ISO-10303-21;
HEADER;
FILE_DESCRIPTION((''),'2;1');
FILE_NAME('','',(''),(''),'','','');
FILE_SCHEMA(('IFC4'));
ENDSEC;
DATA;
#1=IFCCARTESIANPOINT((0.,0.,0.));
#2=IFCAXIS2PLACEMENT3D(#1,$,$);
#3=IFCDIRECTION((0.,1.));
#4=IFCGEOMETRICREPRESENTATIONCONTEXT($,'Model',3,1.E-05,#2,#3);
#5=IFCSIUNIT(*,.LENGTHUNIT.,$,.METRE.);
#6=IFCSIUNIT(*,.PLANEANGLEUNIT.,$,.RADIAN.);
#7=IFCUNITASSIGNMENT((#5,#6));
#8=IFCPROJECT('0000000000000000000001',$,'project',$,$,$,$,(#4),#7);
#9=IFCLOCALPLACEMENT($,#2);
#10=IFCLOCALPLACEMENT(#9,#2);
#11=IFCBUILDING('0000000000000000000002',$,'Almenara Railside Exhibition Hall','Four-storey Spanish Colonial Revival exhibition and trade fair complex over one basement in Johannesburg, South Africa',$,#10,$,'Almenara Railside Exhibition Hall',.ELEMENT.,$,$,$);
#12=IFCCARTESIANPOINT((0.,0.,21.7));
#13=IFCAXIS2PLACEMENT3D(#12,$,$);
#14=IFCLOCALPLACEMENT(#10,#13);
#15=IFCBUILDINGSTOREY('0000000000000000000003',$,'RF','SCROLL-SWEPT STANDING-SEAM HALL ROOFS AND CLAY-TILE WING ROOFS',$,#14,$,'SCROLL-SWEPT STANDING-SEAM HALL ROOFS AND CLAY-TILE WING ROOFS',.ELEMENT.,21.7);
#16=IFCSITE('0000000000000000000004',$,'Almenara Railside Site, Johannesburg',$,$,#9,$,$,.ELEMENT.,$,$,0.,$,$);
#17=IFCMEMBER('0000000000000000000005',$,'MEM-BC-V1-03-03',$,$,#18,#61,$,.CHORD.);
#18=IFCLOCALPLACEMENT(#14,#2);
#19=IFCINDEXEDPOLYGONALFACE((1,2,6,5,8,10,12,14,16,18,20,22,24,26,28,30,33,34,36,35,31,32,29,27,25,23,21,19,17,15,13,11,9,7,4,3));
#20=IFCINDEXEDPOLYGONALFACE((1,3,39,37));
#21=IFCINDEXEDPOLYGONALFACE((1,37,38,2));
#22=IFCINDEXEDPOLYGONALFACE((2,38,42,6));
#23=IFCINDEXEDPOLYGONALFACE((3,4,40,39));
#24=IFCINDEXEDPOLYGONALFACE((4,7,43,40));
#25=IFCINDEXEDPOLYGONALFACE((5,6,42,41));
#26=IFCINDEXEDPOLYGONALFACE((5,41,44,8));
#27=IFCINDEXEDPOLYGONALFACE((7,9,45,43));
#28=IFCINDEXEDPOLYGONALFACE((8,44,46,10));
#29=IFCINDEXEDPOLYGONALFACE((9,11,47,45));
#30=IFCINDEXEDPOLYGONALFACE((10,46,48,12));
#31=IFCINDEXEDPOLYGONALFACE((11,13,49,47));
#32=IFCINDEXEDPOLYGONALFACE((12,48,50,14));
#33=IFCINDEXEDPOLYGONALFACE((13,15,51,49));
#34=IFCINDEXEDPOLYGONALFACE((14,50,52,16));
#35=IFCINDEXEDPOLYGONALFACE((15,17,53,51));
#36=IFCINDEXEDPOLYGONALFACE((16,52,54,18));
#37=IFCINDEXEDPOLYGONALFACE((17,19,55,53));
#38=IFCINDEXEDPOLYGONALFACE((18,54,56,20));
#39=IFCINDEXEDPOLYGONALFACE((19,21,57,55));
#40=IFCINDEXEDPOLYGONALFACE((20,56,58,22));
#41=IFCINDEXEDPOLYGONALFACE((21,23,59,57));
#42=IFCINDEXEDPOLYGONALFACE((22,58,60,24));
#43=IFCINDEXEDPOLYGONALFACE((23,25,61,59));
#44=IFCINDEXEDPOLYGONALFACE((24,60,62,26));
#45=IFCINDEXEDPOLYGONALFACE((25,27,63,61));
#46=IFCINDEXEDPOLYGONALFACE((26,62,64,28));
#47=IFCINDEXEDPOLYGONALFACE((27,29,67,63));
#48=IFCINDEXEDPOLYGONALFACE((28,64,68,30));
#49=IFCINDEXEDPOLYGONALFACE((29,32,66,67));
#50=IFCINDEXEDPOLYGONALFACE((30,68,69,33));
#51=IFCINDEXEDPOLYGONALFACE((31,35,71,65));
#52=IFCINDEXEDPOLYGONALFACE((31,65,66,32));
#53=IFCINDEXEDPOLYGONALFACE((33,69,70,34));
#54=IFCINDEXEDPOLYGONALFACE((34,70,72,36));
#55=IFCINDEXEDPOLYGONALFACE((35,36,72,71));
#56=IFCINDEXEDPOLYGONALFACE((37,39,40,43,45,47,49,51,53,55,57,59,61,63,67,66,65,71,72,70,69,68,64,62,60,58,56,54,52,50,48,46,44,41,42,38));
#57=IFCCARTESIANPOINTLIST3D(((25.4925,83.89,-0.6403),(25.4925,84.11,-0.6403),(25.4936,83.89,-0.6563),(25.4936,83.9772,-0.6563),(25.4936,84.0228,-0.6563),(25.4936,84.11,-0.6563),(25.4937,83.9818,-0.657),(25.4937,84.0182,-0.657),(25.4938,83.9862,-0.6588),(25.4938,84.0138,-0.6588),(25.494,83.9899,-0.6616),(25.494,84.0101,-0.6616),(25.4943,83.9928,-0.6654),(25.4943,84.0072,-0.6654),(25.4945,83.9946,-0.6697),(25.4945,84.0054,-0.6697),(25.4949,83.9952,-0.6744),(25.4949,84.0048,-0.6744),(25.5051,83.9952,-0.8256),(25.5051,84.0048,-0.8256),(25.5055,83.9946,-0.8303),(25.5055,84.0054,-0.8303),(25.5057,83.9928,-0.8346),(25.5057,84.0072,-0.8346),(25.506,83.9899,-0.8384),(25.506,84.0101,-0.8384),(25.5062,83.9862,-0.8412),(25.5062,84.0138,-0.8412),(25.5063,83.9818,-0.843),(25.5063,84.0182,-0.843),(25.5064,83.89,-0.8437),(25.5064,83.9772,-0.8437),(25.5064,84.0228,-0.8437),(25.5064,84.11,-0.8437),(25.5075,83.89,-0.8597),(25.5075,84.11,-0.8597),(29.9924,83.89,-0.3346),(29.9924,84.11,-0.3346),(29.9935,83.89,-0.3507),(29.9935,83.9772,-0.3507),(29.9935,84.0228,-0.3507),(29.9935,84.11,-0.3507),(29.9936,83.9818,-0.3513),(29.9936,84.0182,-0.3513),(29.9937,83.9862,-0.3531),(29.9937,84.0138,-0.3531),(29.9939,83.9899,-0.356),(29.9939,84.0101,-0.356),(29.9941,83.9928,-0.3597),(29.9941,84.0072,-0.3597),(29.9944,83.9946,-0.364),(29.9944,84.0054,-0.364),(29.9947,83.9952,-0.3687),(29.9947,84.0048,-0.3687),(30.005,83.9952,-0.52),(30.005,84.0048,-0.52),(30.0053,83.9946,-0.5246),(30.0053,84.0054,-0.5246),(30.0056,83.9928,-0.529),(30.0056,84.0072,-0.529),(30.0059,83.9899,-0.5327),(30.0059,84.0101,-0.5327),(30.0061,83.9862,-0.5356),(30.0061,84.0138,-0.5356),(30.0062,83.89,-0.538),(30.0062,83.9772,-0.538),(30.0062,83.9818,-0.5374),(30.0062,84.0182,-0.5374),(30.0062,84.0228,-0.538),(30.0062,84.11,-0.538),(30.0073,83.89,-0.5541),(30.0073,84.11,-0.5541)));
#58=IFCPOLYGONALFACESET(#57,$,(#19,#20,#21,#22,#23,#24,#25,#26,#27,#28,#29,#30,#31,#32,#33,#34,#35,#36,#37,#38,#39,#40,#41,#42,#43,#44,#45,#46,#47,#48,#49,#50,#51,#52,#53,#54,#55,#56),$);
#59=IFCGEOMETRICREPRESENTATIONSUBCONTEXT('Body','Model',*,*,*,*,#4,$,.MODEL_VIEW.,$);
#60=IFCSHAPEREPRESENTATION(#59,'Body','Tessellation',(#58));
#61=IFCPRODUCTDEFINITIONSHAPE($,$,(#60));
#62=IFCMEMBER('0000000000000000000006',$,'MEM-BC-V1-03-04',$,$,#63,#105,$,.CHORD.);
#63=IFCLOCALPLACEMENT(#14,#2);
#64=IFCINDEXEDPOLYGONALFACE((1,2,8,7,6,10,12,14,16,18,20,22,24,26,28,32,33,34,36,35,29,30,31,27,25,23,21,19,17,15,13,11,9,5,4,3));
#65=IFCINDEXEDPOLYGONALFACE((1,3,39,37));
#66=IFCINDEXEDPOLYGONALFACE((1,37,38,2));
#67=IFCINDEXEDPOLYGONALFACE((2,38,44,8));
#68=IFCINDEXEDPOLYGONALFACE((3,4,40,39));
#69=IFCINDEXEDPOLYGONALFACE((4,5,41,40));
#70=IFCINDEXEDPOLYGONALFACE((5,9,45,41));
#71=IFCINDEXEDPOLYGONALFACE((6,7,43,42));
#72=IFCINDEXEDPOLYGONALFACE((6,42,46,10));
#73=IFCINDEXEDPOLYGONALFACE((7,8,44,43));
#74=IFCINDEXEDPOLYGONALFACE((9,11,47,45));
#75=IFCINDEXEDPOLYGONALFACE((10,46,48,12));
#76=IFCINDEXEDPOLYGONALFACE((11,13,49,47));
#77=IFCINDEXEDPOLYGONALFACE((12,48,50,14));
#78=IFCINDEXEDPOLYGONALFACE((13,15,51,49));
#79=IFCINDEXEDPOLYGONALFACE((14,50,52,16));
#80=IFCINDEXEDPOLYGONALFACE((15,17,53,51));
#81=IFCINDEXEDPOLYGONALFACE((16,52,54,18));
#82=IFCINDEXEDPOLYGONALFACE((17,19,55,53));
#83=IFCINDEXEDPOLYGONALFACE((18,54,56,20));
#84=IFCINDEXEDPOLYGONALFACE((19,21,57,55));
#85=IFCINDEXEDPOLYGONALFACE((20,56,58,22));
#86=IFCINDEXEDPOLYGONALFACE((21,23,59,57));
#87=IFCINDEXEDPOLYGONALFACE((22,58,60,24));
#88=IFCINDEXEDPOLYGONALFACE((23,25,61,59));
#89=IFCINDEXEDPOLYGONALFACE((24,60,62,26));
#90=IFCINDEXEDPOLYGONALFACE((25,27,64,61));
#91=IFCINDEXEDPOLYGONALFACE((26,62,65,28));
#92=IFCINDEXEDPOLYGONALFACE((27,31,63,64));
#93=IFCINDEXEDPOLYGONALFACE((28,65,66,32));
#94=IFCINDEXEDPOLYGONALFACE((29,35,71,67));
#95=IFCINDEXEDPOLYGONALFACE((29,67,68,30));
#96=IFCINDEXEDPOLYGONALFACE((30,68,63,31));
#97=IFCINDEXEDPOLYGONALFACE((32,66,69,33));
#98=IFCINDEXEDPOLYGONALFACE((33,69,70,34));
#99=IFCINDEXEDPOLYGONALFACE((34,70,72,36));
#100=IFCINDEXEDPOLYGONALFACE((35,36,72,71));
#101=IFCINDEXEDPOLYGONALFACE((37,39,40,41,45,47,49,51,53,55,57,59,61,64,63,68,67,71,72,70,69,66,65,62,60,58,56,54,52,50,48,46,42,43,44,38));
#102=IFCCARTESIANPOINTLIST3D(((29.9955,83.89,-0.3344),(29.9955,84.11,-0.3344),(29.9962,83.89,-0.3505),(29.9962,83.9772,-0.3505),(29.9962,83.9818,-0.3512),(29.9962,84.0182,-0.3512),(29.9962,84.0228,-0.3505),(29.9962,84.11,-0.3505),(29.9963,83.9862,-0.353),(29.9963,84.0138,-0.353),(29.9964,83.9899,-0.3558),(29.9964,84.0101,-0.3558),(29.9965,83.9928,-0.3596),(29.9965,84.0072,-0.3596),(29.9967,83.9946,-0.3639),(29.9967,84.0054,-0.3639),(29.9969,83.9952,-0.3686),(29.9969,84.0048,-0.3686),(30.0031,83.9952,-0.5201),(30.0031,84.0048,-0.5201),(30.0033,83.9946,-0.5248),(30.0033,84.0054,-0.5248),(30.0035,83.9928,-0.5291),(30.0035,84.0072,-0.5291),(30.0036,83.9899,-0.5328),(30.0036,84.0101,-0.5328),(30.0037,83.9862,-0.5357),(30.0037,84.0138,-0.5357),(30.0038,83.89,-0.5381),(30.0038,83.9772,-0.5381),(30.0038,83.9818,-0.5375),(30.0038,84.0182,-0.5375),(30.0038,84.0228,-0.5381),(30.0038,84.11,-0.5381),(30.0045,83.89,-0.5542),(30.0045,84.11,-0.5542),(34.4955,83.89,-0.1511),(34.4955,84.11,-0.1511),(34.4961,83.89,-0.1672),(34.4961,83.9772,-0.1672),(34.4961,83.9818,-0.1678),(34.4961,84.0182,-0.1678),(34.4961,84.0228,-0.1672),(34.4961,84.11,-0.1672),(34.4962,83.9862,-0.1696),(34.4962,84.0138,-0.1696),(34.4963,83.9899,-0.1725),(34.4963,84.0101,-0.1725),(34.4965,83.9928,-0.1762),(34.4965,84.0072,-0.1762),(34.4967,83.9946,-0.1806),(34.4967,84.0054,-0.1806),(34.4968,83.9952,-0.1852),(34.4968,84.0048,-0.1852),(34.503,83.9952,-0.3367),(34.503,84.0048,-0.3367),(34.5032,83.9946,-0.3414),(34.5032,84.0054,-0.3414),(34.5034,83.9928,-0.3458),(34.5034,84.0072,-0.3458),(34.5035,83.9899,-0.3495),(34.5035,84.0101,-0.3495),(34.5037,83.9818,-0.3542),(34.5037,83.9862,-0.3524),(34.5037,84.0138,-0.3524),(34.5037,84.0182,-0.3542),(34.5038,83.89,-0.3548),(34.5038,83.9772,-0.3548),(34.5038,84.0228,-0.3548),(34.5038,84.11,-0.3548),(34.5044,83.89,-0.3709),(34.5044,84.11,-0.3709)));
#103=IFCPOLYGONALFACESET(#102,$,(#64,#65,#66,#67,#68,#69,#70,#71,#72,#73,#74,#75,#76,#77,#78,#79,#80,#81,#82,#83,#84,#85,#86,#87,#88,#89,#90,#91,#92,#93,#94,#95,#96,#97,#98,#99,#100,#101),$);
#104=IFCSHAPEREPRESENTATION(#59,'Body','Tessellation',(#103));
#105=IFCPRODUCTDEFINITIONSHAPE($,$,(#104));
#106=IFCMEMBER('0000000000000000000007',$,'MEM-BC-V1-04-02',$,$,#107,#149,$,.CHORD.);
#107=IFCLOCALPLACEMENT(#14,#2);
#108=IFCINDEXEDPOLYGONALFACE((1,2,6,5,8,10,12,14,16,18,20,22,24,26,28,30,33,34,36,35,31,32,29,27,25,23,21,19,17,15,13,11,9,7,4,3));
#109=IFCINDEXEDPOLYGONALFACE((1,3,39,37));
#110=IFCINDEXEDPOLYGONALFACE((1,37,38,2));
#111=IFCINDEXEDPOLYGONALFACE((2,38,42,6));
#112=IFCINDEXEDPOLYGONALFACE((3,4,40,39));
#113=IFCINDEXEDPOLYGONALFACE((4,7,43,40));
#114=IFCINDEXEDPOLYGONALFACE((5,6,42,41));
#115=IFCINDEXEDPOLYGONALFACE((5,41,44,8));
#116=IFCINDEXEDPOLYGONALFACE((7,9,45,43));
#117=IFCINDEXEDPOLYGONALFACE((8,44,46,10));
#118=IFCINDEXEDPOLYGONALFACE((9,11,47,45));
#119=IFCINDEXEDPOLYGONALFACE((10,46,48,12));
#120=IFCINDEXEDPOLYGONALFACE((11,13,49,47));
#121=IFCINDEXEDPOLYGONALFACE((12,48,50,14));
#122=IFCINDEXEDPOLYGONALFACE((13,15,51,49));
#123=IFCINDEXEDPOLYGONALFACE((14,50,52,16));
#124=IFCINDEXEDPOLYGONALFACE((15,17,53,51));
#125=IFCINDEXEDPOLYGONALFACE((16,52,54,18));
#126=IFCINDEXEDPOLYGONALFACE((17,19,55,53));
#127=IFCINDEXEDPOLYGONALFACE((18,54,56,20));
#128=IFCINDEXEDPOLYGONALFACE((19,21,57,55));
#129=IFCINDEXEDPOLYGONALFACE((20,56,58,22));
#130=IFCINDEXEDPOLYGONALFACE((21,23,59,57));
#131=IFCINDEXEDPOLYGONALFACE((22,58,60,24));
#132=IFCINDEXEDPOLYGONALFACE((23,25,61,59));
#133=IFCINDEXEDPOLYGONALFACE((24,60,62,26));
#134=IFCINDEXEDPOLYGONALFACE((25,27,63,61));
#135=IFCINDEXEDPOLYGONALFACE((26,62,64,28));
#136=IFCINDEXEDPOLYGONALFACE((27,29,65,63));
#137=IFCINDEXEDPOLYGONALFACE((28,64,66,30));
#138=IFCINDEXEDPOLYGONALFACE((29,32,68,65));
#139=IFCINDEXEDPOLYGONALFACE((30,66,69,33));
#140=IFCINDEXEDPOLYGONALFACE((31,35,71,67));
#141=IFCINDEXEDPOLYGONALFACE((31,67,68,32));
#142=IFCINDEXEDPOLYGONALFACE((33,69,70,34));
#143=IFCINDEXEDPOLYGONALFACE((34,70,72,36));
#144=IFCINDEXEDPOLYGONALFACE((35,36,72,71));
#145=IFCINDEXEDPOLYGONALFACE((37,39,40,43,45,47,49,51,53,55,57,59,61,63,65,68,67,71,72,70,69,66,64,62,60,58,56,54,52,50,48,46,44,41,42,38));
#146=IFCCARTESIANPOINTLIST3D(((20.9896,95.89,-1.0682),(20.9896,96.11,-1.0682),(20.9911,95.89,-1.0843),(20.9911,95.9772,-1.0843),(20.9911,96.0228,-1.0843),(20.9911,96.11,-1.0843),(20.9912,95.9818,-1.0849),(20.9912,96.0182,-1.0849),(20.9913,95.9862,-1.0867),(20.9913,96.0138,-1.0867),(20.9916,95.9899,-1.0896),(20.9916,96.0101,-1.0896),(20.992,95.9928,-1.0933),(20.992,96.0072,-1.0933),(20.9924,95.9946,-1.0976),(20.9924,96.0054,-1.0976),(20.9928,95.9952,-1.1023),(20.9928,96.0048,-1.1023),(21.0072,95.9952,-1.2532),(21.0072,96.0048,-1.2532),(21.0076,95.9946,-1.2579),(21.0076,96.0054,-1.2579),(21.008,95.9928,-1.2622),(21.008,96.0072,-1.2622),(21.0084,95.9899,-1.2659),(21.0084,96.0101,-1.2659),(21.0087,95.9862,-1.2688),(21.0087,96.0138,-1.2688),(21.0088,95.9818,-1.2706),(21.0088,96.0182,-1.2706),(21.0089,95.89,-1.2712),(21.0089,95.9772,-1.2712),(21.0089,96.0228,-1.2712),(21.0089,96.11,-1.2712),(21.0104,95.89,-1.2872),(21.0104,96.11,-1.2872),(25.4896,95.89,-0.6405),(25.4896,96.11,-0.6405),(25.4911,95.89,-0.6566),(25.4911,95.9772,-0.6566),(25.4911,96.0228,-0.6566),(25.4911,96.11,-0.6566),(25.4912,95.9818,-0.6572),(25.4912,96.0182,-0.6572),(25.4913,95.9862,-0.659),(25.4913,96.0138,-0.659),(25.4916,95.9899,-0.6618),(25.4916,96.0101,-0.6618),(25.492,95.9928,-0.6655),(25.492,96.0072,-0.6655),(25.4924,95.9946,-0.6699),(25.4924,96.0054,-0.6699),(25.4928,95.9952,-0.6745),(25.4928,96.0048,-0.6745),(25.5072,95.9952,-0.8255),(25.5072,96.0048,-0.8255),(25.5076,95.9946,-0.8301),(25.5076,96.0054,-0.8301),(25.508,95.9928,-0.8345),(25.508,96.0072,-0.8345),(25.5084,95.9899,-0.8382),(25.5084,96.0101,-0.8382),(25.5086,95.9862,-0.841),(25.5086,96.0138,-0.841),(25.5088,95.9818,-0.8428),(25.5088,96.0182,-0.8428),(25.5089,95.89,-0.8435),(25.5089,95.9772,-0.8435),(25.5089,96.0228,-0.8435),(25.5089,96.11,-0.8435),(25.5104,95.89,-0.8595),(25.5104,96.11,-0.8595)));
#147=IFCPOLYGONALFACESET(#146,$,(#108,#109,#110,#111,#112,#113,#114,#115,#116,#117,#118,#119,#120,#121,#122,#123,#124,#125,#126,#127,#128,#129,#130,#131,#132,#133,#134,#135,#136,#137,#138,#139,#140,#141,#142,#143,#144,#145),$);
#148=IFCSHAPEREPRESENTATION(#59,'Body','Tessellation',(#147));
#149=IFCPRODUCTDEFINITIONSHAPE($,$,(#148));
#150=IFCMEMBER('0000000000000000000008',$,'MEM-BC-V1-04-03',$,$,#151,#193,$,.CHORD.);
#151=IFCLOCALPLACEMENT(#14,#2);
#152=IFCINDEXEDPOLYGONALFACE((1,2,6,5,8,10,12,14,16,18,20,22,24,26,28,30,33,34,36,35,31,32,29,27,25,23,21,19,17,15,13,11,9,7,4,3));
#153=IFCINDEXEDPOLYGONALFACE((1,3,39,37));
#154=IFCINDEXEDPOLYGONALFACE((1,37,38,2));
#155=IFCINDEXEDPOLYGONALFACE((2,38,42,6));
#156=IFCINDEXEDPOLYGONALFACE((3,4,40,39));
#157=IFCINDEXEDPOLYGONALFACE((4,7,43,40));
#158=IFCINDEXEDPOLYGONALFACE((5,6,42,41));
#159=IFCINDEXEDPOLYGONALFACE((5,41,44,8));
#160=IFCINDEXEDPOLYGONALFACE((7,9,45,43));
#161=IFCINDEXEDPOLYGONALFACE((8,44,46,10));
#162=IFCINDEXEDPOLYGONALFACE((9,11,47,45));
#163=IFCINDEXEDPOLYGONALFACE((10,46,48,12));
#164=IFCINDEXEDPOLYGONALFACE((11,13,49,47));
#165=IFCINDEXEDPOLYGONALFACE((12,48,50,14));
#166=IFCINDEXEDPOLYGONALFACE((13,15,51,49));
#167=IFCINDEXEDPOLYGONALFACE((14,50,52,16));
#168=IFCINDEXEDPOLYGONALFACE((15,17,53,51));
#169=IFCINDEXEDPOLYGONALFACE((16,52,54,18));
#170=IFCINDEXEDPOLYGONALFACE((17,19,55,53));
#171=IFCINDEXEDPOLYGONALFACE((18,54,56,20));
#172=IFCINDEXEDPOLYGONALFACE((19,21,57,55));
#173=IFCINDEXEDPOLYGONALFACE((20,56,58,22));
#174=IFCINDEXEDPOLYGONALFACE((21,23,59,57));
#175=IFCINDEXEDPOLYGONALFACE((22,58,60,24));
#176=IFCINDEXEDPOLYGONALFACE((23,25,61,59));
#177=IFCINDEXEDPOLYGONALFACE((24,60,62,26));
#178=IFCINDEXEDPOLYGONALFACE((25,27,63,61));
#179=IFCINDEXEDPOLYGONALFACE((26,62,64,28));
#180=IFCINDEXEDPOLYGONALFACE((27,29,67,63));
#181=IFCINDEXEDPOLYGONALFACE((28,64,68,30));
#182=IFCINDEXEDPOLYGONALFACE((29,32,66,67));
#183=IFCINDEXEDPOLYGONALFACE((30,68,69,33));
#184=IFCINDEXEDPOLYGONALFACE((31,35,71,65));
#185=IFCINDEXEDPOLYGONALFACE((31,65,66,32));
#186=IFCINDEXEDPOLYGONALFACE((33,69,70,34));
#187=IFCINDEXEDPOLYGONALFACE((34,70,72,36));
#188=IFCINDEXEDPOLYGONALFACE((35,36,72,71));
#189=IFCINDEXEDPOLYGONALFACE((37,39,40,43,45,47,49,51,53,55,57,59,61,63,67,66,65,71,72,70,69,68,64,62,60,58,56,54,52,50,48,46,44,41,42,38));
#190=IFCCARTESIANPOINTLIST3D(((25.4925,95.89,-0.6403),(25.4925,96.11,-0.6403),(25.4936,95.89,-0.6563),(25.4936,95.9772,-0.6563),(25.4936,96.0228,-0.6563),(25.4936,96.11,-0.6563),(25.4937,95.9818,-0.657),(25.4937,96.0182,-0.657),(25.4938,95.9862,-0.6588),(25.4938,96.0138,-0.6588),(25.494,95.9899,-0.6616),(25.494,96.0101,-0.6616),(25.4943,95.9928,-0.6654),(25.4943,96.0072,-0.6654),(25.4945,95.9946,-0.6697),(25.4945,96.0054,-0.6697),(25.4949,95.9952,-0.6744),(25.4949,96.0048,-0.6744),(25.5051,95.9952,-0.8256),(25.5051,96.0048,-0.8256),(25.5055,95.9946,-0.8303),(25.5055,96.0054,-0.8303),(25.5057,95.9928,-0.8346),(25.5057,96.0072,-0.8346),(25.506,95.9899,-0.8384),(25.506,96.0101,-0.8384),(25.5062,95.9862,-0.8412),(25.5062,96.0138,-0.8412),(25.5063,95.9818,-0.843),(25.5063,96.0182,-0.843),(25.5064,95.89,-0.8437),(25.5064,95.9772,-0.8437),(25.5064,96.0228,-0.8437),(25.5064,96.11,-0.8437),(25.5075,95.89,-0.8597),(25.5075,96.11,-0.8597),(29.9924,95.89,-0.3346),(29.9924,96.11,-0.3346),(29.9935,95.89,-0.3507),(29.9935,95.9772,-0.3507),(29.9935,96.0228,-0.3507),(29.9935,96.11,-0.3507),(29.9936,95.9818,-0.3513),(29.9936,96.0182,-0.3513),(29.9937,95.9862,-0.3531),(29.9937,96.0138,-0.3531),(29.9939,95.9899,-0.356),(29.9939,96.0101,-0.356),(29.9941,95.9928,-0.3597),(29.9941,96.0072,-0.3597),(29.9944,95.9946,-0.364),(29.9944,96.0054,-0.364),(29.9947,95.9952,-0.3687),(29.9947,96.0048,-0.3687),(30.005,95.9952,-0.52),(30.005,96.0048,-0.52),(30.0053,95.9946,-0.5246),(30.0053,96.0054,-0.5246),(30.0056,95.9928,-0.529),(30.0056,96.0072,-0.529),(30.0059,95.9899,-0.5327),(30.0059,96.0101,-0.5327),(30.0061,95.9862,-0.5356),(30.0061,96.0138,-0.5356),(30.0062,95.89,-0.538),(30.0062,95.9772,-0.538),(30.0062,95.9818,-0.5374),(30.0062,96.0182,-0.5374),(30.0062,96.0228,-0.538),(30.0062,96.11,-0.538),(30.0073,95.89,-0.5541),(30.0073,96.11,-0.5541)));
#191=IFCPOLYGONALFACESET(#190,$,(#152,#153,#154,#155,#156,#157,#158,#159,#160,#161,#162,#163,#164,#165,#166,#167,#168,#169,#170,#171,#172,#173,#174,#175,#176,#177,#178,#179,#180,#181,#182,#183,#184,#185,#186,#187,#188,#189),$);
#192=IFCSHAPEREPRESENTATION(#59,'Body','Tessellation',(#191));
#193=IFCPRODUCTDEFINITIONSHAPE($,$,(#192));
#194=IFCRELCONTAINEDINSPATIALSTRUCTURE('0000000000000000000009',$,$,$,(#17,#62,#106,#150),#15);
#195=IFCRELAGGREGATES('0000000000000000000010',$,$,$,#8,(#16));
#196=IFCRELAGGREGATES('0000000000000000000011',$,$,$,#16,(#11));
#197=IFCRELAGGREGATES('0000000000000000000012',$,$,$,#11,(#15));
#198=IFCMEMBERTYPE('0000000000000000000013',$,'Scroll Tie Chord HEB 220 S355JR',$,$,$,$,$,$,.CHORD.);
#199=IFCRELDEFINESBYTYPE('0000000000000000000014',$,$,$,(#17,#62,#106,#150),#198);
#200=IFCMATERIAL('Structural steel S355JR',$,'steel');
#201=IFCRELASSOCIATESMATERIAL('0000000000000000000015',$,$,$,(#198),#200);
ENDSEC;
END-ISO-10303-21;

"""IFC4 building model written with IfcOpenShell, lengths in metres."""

from ifc_helpers import new_model, si_unit, direction, frame, origin, origin_2d, place, context, subcontext, project, spatial, i_section, extrude, material, material_profile, profile_set, type_object, element, save


model = new_model("IFC4")

# Units and contexts
model_context = context("Model", 3, precision=1e-05, world=origin(), true_north=direction((0.0, 1.0)))
body_context = subcontext(model_context, "Body", "Model", "MODEL_VIEW")
ifc_project = project(units=[si_unit("LENGTHUNIT", "METRE"), si_unit("PLANEANGLEUNIT", "RADIAN")], contexts=[model_context])

# Site, building, storey
site_placement = place(None, origin())
site = spatial("IfcSite", under=ifc_project, at=site_placement, Name="Almenara Railside Site, Johannesburg", CompositionType="ELEMENT", RefElevation=0.0)
building_placement = place(site_placement, origin())
building = spatial("IfcBuilding", under=site, at=building_placement, Name="Almenara Railside Exhibition Hall", Description="Four-storey Spanish Colonial Revival exhibition and trade fair complex over one basement in Johannesburg, South Africa", LongName="Almenara Railside Exhibition Hall", CompositionType="ELEMENT")
storey_placement = place(building_placement, frame((0.0, 0.0, 21.7)))
storey = spatial("IfcBuildingStorey", under=building, at=storey_placement, Name="RF", Description="SCROLL-SWEPT STANDING-SEAM HALL ROOFS AND CLAY-TILE WING ROOFS", LongName="SCROLL-SWEPT STANDING-SEAM HALL ROOFS AND CLAY-TILE WING ROOFS", CompositionType="ELEMENT", Elevation=21.7)

# Members
ifc_material_1 = material(Name="Structural steel S355JR", Category="steel")
ifc_material_profile_1 = material_profile(ifc_material_1, i_section(OverallWidth=0.22, OverallDepth=0.22, WebThickness=0.0095, FlangeThickness=0.0161, FilletRadius=0.0181, at=origin_2d()), Name="HEB 220")
ifc_profile_set_1 = profile_set([ifc_material_profile_1], Name="Structural steel S355JR")
member_type_1 = type_object("IfcMemberType", Name="Scroll Tie Chord HEB 220 S355JR", PredefinedType="CHORD", material=ifc_profile_set_1)
member_1_placement = place(storey_placement, frame((25.5, 84.0, -0.75), z_axis=(0.997701, 0.0, 0.067769), x_axis=(0.0, 1.0, 0.0)))
element("IfcMember", 1, at=member_1_placement, inside=storey, type_object=member_type_1, Name="MEM-BC-V1-03-03", PredefinedType="CHORD", context=body_context, shape_type="SweptSolid", body=[
    extrude(i_section(OverallWidth=0.22, OverallDepth=0.22, WebThickness=0.0095, FlangeThickness=0.0161, FilletRadius=0.0181, at=origin_2d()), origin(), (0.0, 0.0, 1.0), 4.5103),
])
member_2_placement = place(storey_placement, frame((30.0, 84.0, -0.4443), z_axis=(0.999171, 0.0, 0.040711), x_axis=(0.0, 1.0, 0.0)))
element("IfcMember", 2, at=member_2_placement, inside=storey, type_object=member_type_1, Name="MEM-BC-V1-03-04", PredefinedType="CHORD", context=body_context, shape_type="SweptSolid", body=[
    extrude(i_section(OverallWidth=0.22, OverallDepth=0.22, WebThickness=0.0095, FlangeThickness=0.0161, FilletRadius=0.0181, at=origin_2d()), origin(), (0.0, 0.0, 1.0), 4.5037),
])
member_3_placement = place(storey_placement, frame((21.0, 96.0, -1.1777), z_axis=(0.995513, 0.0, 0.094626), x_axis=(0.0, 1.0, 0.0)))
element("IfcMember", 3, at=member_3_placement, inside=storey, type_object=member_type_1, Name="MEM-BC-V1-04-02", PredefinedType="CHORD", context=body_context, shape_type="SweptSolid", body=[
    extrude(i_section(OverallWidth=0.22, OverallDepth=0.22, WebThickness=0.0095, FlangeThickness=0.0161, FilletRadius=0.0181, at=origin_2d()), origin(), (0.0, 0.0, 1.0), 4.5203),
])
member_4_placement = place(storey_placement, frame((25.5, 96.0, -0.75), z_axis=(0.997701, 0.0, 0.067769), x_axis=(0.0, 1.0, 0.0)))
element("IfcMember", 4, at=member_4_placement, inside=storey, type_object=member_type_1, Name="MEM-BC-V1-04-03", PredefinedType="CHORD", context=body_context, shape_type="SweptSolid", body=[
    extrude(i_section(OverallWidth=0.22, OverallDepth=0.22, WebThickness=0.0095, FlangeThickness=0.0161, FilletRadius=0.0181, at=origin_2d()), origin(), (0.0, 0.0, 1.0), 4.5103),
])

save(model, "model.ifc")
